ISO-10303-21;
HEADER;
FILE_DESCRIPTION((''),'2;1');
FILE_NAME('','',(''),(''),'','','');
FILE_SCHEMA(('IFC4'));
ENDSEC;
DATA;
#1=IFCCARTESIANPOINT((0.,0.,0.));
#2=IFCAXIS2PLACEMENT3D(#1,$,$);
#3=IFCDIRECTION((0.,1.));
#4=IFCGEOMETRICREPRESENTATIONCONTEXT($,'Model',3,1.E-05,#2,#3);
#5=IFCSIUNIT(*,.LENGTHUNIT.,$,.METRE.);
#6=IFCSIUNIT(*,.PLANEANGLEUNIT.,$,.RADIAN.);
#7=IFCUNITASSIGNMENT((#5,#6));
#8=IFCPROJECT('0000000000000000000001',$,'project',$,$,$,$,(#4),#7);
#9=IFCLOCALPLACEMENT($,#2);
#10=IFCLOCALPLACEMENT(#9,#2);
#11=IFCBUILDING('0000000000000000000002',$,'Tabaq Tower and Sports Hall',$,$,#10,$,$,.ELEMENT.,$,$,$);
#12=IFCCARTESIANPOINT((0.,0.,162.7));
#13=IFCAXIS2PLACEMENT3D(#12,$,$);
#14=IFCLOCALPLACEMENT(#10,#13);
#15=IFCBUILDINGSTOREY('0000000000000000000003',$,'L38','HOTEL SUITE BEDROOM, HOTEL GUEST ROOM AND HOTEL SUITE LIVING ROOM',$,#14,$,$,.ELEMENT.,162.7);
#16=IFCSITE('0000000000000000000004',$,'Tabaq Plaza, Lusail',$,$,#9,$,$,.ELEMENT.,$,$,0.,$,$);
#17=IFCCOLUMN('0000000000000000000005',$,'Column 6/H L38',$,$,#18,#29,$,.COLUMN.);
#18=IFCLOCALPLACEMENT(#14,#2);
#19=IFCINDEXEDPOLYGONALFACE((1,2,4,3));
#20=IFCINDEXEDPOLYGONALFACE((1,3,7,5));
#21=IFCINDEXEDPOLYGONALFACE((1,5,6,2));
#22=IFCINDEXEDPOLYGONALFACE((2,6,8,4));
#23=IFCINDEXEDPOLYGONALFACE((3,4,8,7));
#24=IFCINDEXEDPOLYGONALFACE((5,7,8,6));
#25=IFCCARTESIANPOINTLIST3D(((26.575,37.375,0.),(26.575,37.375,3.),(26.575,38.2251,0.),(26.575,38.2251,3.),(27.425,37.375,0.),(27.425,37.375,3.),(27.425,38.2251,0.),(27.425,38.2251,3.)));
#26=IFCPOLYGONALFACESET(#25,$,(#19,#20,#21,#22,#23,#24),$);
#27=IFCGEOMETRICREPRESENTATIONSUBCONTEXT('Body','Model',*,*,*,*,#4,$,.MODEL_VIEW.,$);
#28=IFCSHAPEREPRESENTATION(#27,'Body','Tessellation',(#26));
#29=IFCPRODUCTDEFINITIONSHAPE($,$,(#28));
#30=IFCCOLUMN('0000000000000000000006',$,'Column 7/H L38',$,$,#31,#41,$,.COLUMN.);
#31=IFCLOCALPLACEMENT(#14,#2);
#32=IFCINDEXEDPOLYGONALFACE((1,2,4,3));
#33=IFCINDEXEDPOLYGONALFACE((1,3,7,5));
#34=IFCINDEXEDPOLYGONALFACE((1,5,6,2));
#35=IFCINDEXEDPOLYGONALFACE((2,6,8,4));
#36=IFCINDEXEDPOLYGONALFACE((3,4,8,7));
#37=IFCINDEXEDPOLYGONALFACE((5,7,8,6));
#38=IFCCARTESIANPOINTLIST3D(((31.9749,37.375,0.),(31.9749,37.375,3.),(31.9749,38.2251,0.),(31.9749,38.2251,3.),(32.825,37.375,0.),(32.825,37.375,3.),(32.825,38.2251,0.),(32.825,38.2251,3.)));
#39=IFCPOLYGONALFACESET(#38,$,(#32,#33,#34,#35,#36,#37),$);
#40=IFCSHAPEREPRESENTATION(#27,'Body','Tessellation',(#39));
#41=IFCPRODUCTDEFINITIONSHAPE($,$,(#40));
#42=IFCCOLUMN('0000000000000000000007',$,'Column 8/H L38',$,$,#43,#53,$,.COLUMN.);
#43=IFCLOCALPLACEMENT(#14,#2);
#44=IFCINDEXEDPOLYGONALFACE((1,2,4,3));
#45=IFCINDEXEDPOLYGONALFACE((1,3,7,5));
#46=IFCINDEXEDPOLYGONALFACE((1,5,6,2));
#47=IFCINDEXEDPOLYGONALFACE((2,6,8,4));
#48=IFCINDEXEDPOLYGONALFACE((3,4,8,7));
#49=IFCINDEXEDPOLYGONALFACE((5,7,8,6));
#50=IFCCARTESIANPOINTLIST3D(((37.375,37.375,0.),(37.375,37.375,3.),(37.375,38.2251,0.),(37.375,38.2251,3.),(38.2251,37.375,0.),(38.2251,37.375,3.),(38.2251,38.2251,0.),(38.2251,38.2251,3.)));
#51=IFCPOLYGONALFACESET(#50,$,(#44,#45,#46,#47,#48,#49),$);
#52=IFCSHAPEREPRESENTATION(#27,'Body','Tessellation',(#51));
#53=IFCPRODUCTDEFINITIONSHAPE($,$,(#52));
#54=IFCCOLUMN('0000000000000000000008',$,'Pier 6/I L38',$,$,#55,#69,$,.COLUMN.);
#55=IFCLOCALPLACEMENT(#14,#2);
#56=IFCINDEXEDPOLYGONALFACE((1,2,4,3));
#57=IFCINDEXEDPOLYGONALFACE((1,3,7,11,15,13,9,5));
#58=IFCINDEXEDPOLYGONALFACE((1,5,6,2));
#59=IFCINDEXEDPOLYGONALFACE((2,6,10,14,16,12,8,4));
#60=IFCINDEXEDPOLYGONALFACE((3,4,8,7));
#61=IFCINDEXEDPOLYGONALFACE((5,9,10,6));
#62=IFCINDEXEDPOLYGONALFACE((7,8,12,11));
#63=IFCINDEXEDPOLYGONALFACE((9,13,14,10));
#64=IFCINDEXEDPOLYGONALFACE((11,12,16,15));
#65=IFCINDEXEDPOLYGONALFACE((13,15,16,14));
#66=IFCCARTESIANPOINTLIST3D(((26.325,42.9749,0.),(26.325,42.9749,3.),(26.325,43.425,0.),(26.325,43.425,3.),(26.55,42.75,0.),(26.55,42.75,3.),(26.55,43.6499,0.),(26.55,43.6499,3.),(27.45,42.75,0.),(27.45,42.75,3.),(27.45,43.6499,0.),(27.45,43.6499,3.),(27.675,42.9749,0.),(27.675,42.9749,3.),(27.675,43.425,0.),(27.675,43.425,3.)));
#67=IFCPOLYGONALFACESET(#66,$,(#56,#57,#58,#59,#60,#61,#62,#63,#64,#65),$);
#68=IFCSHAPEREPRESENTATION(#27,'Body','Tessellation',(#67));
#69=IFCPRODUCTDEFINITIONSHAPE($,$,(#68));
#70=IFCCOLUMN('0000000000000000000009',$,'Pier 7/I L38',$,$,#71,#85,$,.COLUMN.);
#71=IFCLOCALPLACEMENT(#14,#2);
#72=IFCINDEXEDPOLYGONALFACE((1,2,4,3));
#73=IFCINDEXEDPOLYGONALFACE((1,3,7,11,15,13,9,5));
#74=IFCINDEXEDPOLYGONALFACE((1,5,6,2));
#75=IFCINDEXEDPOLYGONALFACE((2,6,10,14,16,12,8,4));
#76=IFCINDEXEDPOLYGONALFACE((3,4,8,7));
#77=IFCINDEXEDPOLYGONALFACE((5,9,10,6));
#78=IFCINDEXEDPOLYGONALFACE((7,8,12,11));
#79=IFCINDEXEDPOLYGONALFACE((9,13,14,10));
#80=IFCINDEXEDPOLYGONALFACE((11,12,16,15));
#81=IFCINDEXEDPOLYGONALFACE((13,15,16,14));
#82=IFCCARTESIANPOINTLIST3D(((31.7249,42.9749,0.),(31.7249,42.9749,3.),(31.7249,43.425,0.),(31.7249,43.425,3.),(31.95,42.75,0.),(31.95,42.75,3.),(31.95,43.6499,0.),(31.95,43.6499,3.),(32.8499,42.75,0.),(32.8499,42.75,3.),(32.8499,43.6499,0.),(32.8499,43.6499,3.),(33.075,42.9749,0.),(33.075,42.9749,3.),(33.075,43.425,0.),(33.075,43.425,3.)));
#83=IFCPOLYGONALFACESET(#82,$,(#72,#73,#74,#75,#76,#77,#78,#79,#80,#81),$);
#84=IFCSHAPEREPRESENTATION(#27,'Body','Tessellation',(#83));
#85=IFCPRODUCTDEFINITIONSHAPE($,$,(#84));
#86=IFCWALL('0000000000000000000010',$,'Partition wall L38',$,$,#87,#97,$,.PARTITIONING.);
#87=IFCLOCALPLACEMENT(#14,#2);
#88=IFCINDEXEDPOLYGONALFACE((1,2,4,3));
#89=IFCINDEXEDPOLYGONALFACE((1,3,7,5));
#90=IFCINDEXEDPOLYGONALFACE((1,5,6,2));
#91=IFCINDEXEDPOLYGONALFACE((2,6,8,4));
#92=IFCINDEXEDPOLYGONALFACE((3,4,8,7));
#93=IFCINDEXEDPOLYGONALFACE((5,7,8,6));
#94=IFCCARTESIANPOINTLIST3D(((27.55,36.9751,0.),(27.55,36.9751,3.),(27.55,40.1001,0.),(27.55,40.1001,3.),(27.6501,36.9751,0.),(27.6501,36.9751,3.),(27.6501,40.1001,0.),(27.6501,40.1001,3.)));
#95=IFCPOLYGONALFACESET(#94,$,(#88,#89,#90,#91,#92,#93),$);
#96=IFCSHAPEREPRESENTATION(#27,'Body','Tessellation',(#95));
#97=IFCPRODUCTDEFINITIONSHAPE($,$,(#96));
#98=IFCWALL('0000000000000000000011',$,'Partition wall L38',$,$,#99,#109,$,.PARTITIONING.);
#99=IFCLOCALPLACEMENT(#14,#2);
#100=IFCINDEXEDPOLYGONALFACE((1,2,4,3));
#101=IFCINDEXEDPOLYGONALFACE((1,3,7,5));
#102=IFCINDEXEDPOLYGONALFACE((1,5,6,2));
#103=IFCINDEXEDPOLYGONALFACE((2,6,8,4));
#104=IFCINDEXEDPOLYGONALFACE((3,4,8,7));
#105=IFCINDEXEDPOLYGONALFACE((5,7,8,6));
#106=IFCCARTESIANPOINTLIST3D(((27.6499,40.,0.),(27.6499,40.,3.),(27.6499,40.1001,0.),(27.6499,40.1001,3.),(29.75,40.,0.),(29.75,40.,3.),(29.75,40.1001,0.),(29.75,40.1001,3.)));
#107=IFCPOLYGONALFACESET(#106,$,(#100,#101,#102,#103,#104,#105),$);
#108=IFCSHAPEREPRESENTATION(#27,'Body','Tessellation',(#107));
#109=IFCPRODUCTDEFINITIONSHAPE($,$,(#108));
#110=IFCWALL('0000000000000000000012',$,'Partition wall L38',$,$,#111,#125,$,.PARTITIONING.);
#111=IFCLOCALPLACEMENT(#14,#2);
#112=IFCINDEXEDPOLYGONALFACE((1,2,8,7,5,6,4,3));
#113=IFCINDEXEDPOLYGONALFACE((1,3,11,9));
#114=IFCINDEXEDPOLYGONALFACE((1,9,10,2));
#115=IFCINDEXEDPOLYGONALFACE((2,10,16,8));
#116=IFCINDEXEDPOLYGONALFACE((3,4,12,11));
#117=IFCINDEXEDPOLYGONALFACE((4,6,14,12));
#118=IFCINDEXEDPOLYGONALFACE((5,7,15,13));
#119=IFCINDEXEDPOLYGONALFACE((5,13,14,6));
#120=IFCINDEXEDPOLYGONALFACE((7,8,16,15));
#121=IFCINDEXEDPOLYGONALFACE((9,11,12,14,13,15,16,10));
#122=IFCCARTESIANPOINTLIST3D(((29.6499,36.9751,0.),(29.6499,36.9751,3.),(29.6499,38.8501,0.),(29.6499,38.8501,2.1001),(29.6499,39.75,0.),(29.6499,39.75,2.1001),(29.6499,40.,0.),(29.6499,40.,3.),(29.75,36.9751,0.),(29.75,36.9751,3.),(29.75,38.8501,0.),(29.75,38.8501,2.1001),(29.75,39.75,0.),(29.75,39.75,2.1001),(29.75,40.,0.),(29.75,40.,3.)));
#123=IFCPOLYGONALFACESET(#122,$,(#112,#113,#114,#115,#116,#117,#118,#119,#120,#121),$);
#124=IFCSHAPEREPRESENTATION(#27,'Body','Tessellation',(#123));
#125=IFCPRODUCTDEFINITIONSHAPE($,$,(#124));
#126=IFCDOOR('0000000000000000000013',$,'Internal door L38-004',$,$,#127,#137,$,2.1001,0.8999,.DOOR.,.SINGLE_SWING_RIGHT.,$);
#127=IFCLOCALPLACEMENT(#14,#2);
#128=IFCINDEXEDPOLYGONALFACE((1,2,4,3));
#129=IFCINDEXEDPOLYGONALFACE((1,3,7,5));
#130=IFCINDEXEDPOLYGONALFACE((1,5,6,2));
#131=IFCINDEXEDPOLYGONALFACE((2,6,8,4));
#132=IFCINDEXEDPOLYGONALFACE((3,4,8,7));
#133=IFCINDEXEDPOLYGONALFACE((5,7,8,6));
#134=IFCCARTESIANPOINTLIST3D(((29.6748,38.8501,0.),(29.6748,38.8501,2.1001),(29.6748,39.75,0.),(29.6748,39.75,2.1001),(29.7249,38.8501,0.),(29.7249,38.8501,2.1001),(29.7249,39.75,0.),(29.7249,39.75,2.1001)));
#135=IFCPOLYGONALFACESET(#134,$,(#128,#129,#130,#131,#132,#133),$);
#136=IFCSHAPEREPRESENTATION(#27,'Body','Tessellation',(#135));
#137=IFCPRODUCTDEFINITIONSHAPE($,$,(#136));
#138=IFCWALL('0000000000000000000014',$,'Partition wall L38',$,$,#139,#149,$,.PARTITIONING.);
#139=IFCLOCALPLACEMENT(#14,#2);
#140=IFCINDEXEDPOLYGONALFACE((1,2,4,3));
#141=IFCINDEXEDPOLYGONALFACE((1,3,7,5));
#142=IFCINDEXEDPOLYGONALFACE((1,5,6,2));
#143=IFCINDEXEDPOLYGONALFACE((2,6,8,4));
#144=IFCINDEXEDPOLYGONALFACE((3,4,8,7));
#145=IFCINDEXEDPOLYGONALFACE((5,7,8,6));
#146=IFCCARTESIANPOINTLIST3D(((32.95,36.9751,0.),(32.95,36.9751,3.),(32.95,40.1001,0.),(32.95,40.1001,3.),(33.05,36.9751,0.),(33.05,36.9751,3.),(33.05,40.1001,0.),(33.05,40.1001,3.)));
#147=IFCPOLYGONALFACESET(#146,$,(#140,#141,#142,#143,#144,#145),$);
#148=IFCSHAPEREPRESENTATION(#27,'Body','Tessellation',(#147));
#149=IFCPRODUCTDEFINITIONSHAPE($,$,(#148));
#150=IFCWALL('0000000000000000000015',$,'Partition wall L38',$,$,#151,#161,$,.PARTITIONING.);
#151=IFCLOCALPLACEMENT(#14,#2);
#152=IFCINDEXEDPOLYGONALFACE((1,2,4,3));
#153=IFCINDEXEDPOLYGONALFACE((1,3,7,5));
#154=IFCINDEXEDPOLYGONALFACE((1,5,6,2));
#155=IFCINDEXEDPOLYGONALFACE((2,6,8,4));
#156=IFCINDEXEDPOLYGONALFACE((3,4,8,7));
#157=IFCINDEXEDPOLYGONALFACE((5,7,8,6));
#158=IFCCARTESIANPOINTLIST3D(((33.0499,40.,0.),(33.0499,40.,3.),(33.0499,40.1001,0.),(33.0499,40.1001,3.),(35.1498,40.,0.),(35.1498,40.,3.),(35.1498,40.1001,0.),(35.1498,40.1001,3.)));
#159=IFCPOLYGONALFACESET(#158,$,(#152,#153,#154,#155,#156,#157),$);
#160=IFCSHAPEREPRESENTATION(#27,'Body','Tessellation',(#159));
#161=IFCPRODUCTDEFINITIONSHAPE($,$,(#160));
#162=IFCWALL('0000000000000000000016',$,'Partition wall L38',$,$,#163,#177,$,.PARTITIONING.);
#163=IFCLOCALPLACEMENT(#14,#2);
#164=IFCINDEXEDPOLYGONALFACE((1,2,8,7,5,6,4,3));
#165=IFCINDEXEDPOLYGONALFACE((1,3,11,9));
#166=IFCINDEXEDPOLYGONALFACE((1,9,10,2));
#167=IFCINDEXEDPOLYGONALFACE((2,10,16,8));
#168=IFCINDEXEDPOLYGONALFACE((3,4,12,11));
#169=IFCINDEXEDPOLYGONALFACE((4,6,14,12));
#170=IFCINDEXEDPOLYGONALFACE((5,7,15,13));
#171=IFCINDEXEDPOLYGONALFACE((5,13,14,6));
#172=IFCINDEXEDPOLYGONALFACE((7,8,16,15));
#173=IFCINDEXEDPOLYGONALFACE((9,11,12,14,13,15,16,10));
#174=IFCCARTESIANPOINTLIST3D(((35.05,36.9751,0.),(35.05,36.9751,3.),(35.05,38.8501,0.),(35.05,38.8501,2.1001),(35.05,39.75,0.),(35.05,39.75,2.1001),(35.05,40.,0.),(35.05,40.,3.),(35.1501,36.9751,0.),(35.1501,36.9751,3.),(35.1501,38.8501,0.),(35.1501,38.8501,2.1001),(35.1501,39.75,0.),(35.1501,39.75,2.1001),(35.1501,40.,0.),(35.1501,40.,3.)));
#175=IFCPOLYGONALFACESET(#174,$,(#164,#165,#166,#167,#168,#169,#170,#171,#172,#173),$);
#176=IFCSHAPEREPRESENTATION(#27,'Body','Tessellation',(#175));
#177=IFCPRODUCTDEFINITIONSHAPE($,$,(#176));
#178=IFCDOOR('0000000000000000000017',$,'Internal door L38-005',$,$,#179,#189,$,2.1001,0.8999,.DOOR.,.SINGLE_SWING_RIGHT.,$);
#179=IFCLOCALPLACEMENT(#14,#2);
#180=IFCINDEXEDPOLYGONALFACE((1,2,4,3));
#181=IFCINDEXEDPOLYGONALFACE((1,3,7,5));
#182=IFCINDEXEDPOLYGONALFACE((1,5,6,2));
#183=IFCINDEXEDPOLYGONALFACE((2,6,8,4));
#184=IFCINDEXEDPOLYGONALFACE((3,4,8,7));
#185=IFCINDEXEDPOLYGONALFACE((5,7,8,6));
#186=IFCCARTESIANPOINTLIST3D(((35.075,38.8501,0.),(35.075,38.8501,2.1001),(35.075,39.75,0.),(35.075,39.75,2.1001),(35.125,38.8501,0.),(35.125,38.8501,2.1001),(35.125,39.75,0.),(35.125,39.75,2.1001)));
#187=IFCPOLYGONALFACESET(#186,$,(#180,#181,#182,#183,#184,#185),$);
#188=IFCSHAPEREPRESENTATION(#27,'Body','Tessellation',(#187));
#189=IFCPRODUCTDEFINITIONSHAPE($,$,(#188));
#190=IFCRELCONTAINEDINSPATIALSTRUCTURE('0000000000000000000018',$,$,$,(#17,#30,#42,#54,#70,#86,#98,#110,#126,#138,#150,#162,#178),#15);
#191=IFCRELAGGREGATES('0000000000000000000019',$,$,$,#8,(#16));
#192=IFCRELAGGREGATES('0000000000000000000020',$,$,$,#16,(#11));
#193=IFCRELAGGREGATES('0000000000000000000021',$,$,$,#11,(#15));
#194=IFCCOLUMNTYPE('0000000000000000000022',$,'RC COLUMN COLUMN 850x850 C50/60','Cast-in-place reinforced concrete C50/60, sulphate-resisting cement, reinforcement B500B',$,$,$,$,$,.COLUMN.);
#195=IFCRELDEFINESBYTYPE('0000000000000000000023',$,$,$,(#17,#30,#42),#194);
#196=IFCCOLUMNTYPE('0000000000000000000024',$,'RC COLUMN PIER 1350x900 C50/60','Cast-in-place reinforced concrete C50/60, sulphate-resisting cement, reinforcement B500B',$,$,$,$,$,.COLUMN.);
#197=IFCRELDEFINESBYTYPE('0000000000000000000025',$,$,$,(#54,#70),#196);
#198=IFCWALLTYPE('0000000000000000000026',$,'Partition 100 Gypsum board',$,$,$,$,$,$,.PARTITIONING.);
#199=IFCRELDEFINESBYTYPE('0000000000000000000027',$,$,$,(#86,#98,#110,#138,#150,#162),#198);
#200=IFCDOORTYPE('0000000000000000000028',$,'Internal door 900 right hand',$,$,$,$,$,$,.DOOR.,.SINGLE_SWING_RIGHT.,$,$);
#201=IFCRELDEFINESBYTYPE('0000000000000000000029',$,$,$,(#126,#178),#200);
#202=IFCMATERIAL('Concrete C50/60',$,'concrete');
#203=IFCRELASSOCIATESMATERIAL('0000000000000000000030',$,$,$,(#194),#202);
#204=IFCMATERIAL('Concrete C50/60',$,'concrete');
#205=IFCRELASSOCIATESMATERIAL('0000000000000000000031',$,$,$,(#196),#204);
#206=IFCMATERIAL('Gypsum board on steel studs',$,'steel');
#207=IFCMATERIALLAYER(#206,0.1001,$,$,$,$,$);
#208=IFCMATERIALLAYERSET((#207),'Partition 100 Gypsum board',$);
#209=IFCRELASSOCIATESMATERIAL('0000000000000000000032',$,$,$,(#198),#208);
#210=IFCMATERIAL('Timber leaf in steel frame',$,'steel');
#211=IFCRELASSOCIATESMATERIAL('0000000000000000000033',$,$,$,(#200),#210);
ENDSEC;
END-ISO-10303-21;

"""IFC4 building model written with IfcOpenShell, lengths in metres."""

from ifc_helpers import new_model, si_unit, direction, frame, frame_2d, origin, origin_2d, place, context, subcontext, project, spatial, polyline, rectangle, outline, extrude, material, layer, layer_set, material_profile, profile_set, type_object, element, fill, save


model = new_model("IFC4")

# Units and contexts
model_context = context("Model", 3, precision=1e-05, world=origin(), true_north=direction((0.0, 1.0)))
body_context = subcontext(model_context, "Body", "Model", "MODEL_VIEW")
ifc_project = project(units=[si_unit("LENGTHUNIT", "METRE"), si_unit("PLANEANGLEUNIT", "RADIAN")], contexts=[model_context])

# Site, building, storey
site_placement = place(None, origin())
site = spatial("IfcSite", under=ifc_project, at=site_placement, Name="Tabaq Plaza, Lusail", CompositionType="ELEMENT", RefElevation=0.0)
building_placement = place(site_placement, origin())
building = spatial("IfcBuilding", under=site, at=building_placement, Name="Tabaq Tower and Sports Hall", CompositionType="ELEMENT")
storey_placement = place(building_placement, frame((0.0, 0.0, 162.7)))
storey = spatial("IfcBuildingStorey", under=building, at=storey_placement, Name="L38", Description="HOTEL SUITE BEDROOM, HOTEL GUEST ROOM AND HOTEL SUITE LIVING ROOM", CompositionType="ELEMENT", Elevation=162.7)

# Columns
ifc_material_1 = material(Name="Concrete C50/60", Category="concrete")
ifc_material_profile_1 = material_profile(ifc_material_1, rectangle(XDim=0.8501, YDim=0.8501, at=origin_2d()), Name="COLUMN 850x850")
ifc_profile_set_1 = profile_set([ifc_material_profile_1], Name="Concrete C50/60")
column_type_1 = type_object("IfcColumnType", Name="RC COLUMN COLUMN 850x850 C50/60", Description="Cast-in-place reinforced concrete C50/60, sulphate-resisting cement, reinforcement B500B", PredefinedType="COLUMN", material=ifc_profile_set_1)
for number, where, z_axis, x_axis, name in (
    (1, (27.0, 37.8, 0.0), (0.0, 0.0, 1.0), (1.0, 0.0, 0.0), "Column 6/H L38"),
    (2, (32.3999, 37.8, 0.0), (0.0, 0.0, 1.0), (1.0, 0.0, 0.0), "Column 7/H L38"),
    (3, (37.8, 37.8, 0.0), (0.0, 0.0, 1.0), (1.0, 0.0, 0.0), "Column 8/H L38"),
):
    element("IfcColumn", number, at=place(storey_placement, frame(where, z_axis=z_axis, x_axis=x_axis)), inside=storey, type_object=column_type_1, Name=name, PredefinedType="COLUMN", context=body_context, shape_type="SweptSolid", body=[
        extrude(rectangle(XDim=0.8501, YDim=0.8501, at=origin_2d()), origin(), (0.0, 0.0, 1.0), 3.0),
    ])
ifc_material_2 = material(Name="Concrete C50/60", Category="concrete")
ifc_material_profile_2 = material_profile(ifc_material_2, outline(polyline([(-0.45, -0.45), (0.45, -0.45), (0.675, -0.2251), (0.675, 0.2251), (0.45, 0.45), (-0.45, 0.45), (-0.675, 0.2251), (-0.675, -0.2251), (-0.45, -0.45)])), Name="PIER 1350x900")
ifc_profile_set_2 = profile_set([ifc_material_profile_2], Name="Concrete C50/60")
column_type_2 = type_object("IfcColumnType", Name="RC COLUMN PIER 1350x900 C50/60", Description="Cast-in-place reinforced concrete C50/60, sulphate-resisting cement, reinforcement B500B", PredefinedType="COLUMN", material=ifc_profile_set_2)
for number, where, z_axis, x_axis, name in (
    (4, (27.0, 43.2, 0.0), (0.0, 0.0, 1.0), (1.0, 0.0, 0.0), "Pier 6/I L38"),
    (5, (32.3999, 43.2, 0.0), (0.0, 0.0, 1.0), (1.0, 0.0, 0.0), "Pier 7/I L38"),
):
    element("IfcColumn", number, at=place(storey_placement, frame(where, z_axis=z_axis, x_axis=x_axis)), inside=storey, type_object=column_type_2, Name=name, PredefinedType="COLUMN", context=body_context, shape_type="SweptSolid", body=[
        extrude(outline(polyline([(-0.45, -0.45), (0.45, -0.45), (0.675, -0.2251), (0.675, 0.2251), (0.45, 0.45), (-0.45, 0.45), (-0.675, 0.2251), (-0.675, -0.2251), (-0.45, -0.45)])), origin(), (0.0, 0.0, 1.0), 3.0),
    ])

# Walls
ifc_material_3 = material(Name="Gypsum board on steel studs", Category="steel")
ifc_layer_1 = layer(ifc_material_3, 0.1001)
ifc_layer_set_1 = layer_set([ifc_layer_1], Name="Partition 100 Gypsum board")
wall_type_1 = type_object("IfcWallType", Name="Partition 100 Gypsum board", PredefinedType="PARTITIONING", material=ifc_layer_set_1)
wall_1_placement = place(storey_placement, frame((27.6001, 36.9751, 0.0), z_axis=(0.0, 0.0, 1.0), x_axis=(0.0, 1.0, 0.0)))
element("IfcWall", 6, at=wall_1_placement, inside=storey, type_object=wall_type_1, Name="Partition wall L38", PredefinedType="PARTITIONING", context=body_context, shape_type="SweptSolid", body=[
    extrude(rectangle(XDim=3.125, YDim=0.1001, at=frame_2d((1.5625, 0.0))), origin(), (0.0, 0.0, 1.0), 3.0),
])
wall_2_placement = place(storey_placement, frame((27.6499, 40.05, 0.0), z_axis=(0.0, 0.0, 1.0), x_axis=(1.0, 0.0, 0.0)))
element("IfcWall", 7, at=wall_2_placement, inside=storey, type_object=wall_type_1, Name="Partition wall L38", PredefinedType="PARTITIONING", context=body_context, shape_type="SweptSolid", body=[
    extrude(rectangle(XDim=2.1001, YDim=0.1001, at=frame_2d((1.05, 0.0))), origin(), (0.0, 0.0, 1.0), 3.0),
])

# Wall, opening, door
wall_3_placement = place(storey_placement, frame((29.7, 40.0, 0.0), z_axis=(0.0, 0.0, 1.0), x_axis=(0.0, -1.0, 0.0)))
wall_3 = element("IfcWall", 8, at=wall_3_placement, inside=storey, type_object=wall_type_1, Name="Partition wall L38", PredefinedType="PARTITIONING", context=body_context, shape_type="SweptSolid", body=[
    extrude(rectangle(XDim=3.0249, YDim=0.1001, at=frame_2d((1.5125, 0.0))), origin(), (0.0, 0.0, 1.0), 3.0),
])
opening_1_placement = place(wall_3_placement, frame((0.25, 0.0, 0.0)))
opening_1 = element("IfcOpeningElement", 9, at=opening_1_placement, cuts=wall_3, PredefinedType="OPENING", context=body_context, shape_type="SweptSolid", body=[
    extrude(rectangle(XDim=0.8999, YDim=2.1001, at=frame_2d((0.45, 1.05))), frame((0.0, 0.05, 0.0), z_axis=(0.0, -1.0, 0.0), x_axis=(1.0, 0.0, 0.0)), (0.0, 0.0, 1.0), 0.1001),
])
ifc_material_4 = material(Name="Timber leaf in steel frame", Category="steel")
door_type = type_object("IfcDoorType", Name="Internal door 900 right hand", OperationType="SINGLE_SWING_RIGHT", PredefinedType="DOOR", material=ifc_material_4)
door_1_placement = place(opening_1_placement, origin())
door_1 = element("IfcDoor", 10, at=door_1_placement, inside=storey, type_object=door_type, Name="Internal door L38-004", OperationType="SINGLE_SWING_RIGHT", OverallHeight=2.1001, OverallWidth=0.8999, PredefinedType="DOOR", context=body_context, shape_type="SweptSolid", body=[
    extrude(rectangle(XDim=0.8999, YDim=2.1001, at=frame_2d((0.45, 1.05))), frame((0.0, 0.0249, 0.0), z_axis=(0.0, -1.0, 0.0), x_axis=(1.0, 0.0, 0.0)), (0.0, 0.0, 1.0), 0.05),
])
fill(opening_1, door_1)

# Walls
wall_4_placement = place(storey_placement, frame((33.0, 36.9751, 0.0), z_axis=(0.0, 0.0, 1.0), x_axis=(0.0, 1.0, 0.0)))
element("IfcWall", 11, at=wall_4_placement, inside=storey, type_object=wall_type_1, Name="Partition wall L38", PredefinedType="PARTITIONING", context=body_context, shape_type="SweptSolid", body=[
    extrude(rectangle(XDim=3.125, YDim=0.1001, at=frame_2d((1.5625, 0.0))), origin(), (0.0, 0.0, 1.0), 3.0),
])
wall_5_placement = place(storey_placement, frame((33.05, 40.05, 0.0), z_axis=(0.0, 0.0, 1.0), x_axis=(1.0, 0.0, 0.0)))
element("IfcWall", 12, at=wall_5_placement, inside=storey, type_object=wall_type_1, Name="Partition wall L38", PredefinedType="PARTITIONING", context=body_context, shape_type="SweptSolid", body=[
    extrude(rectangle(XDim=2.0999, YDim=0.1001, at=frame_2d((1.0498, 0.0))), origin(), (0.0, 0.0, 1.0), 3.0),
])

# Wall, opening, door
wall_6_placement = place(storey_placement, frame((35.1001, 40.0, 0.0), z_axis=(0.0, 0.0, 1.0), x_axis=(0.0, -1.0, 0.0)))
wall_6 = element("IfcWall", 13, at=wall_6_placement, inside=storey, type_object=wall_type_1, Name="Partition wall L38", PredefinedType="PARTITIONING", context=body_context, shape_type="SweptSolid", body=[
    extrude(rectangle(XDim=3.0249, YDim=0.1001, at=frame_2d((1.5125, 0.0))), origin(), (0.0, 0.0, 1.0), 3.0),
])
opening_2_placement = place(wall_6_placement, frame((0.25, 0.0, 0.0)))
opening_2 = element("IfcOpeningElement", 14, at=opening_2_placement, cuts=wall_6, PredefinedType="OPENING", context=body_context, shape_type="SweptSolid", body=[
    extrude(rectangle(XDim=0.8999, YDim=2.1001, at=frame_2d((0.45, 1.05))), frame((0.0, 0.05, 0.0), z_axis=(0.0, -1.0, 0.0), x_axis=(1.0, 0.0, 0.0)), (0.0, 0.0, 1.0), 0.1001),
])
door_2_placement = place(opening_2_placement, origin())
door_2 = element("IfcDoor", 15, at=door_2_placement, inside=storey, type_object=door_type, Name="Internal door L38-005", OperationType="SINGLE_SWING_RIGHT", OverallHeight=2.1001, OverallWidth=0.8999, PredefinedType="DOOR", context=body_context, shape_type="SweptSolid", body=[
    extrude(rectangle(XDim=0.8999, YDim=2.1001, at=frame_2d((0.45, 1.05))), frame((0.0, 0.0249, 0.0), z_axis=(0.0, -1.0, 0.0), x_axis=(1.0, 0.0, 0.0)), (0.0, 0.0, 1.0), 0.05),
])
fill(opening_2, door_2)

save(model, "model.ifc")
